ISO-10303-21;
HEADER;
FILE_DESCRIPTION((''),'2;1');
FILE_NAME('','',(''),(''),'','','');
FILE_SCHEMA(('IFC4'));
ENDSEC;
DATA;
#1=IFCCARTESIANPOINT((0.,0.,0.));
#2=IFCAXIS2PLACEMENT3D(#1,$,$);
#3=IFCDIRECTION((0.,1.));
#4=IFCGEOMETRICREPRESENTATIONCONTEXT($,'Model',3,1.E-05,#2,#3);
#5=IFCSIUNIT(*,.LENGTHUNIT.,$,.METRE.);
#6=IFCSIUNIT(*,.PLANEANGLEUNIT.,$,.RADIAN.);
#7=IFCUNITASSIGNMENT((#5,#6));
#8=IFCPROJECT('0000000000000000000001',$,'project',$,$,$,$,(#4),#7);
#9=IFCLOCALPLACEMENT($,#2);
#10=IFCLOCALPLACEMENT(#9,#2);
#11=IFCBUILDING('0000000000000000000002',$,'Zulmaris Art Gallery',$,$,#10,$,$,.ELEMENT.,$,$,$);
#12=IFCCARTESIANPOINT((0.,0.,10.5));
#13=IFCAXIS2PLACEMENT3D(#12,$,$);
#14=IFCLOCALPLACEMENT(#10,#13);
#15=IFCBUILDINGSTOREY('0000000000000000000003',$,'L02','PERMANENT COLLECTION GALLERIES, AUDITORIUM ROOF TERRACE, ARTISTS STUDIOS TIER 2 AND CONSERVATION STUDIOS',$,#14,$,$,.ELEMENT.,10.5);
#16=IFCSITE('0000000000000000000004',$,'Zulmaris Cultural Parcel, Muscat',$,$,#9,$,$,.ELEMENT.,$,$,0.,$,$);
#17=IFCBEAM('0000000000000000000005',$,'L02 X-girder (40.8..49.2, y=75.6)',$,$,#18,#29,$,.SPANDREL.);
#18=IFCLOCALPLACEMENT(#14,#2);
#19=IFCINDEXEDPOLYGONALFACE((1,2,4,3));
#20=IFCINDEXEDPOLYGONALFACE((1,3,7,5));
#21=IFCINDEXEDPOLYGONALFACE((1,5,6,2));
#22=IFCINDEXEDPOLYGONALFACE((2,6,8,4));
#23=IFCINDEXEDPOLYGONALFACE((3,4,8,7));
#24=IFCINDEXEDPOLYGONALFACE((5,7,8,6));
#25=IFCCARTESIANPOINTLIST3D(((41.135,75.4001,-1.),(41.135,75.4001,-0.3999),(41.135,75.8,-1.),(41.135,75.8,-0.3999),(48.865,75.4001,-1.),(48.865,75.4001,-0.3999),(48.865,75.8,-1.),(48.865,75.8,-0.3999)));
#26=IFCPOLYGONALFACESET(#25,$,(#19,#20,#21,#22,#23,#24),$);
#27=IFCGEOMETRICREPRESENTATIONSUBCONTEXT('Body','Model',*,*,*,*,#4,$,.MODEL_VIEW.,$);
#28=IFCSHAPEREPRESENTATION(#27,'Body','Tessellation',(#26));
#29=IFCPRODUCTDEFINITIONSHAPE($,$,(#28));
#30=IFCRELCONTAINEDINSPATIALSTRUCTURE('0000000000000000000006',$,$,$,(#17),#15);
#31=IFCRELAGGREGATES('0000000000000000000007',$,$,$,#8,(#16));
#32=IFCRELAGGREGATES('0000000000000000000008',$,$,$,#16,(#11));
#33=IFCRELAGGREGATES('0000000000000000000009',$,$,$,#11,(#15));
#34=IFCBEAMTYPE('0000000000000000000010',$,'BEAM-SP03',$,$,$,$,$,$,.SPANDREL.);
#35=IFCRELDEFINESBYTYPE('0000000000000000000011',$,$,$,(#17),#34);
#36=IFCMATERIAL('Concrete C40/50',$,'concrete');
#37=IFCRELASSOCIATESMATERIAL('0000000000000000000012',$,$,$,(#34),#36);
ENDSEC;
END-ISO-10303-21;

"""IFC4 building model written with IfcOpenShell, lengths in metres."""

from ifc_helpers import new_model, si_unit, direction, frame, origin, origin_2d, place, context, subcontext, project, spatial, rectangle, extrude, material, material_profile, profile_set, type_object, element, save


model = new_model("IFC4")

# Units and contexts
model_context = context("Model", 3, precision=1e-05, world=origin(), true_north=direction((0.0, 1.0)))
body_context = subcontext(model_context, "Body", "Model", "MODEL_VIEW")
ifc_project = project(units=[si_unit("LENGTHUNIT", "METRE"), si_unit("PLANEANGLEUNIT", "RADIAN")], contexts=[model_context])

# Site, building, storey
site_placement = place(None, origin())
site = spatial("IfcSite", under=ifc_project, at=site_placement, Name="Zulmaris Cultural Parcel, Muscat", CompositionType="ELEMENT", RefElevation=0.0)
building_placement = place(site_placement, origin())
building = spatial("IfcBuilding", under=site, at=building_placement, Name="Zulmaris Art Gallery", CompositionType="ELEMENT")
storey_placement = place(building_placement, frame((0.0, 0.0, 10.5)))
storey = spatial("IfcBuildingStorey", under=building, at=storey_placement, Name="L02", Description="PERMANENT COLLECTION GALLERIES, AUDITORIUM ROOF TERRACE, ARTISTS STUDIOS TIER 2 AND CONSERVATION STUDIOS", CompositionType="ELEMENT", Elevation=10.5)

# Beam
ifc_material_1 = material(Name="Concrete C40/50", Category="concrete")
ifc_material_profile_1 = material_profile(ifc_material_1, rectangle(XDim=0.3999, YDim=0.6001, at=origin_2d()), Name="RC 400x600")
ifc_profile_set_1 = profile_set([ifc_material_profile_1], Name="Concrete C40/50")
beam_type_1 = type_object("IfcBeamType", Name="BEAM-SP03", PredefinedType="SPANDREL", material=ifc_profile_set_1)
beam_1_placement = place(storey_placement, frame((41.135, 75.6001, -0.7), z_axis=(1.0, 0.0, 0.0), x_axis=(0.0, 1.0, 0.0)))
element("IfcBeam", 1, at=beam_1_placement, inside=storey, type_object=beam_type_1, Name="L02 X-girder (40.8..49.2, y=75.6)", PredefinedType="SPANDREL", context=body_context, shape_type="SweptSolid", body=[
    extrude(rectangle(XDim=0.3999, YDim=0.6001, at=origin_2d()), origin(), (0.0, 0.0, 1.0), 7.73),
])

save(model, "model.ifc")
